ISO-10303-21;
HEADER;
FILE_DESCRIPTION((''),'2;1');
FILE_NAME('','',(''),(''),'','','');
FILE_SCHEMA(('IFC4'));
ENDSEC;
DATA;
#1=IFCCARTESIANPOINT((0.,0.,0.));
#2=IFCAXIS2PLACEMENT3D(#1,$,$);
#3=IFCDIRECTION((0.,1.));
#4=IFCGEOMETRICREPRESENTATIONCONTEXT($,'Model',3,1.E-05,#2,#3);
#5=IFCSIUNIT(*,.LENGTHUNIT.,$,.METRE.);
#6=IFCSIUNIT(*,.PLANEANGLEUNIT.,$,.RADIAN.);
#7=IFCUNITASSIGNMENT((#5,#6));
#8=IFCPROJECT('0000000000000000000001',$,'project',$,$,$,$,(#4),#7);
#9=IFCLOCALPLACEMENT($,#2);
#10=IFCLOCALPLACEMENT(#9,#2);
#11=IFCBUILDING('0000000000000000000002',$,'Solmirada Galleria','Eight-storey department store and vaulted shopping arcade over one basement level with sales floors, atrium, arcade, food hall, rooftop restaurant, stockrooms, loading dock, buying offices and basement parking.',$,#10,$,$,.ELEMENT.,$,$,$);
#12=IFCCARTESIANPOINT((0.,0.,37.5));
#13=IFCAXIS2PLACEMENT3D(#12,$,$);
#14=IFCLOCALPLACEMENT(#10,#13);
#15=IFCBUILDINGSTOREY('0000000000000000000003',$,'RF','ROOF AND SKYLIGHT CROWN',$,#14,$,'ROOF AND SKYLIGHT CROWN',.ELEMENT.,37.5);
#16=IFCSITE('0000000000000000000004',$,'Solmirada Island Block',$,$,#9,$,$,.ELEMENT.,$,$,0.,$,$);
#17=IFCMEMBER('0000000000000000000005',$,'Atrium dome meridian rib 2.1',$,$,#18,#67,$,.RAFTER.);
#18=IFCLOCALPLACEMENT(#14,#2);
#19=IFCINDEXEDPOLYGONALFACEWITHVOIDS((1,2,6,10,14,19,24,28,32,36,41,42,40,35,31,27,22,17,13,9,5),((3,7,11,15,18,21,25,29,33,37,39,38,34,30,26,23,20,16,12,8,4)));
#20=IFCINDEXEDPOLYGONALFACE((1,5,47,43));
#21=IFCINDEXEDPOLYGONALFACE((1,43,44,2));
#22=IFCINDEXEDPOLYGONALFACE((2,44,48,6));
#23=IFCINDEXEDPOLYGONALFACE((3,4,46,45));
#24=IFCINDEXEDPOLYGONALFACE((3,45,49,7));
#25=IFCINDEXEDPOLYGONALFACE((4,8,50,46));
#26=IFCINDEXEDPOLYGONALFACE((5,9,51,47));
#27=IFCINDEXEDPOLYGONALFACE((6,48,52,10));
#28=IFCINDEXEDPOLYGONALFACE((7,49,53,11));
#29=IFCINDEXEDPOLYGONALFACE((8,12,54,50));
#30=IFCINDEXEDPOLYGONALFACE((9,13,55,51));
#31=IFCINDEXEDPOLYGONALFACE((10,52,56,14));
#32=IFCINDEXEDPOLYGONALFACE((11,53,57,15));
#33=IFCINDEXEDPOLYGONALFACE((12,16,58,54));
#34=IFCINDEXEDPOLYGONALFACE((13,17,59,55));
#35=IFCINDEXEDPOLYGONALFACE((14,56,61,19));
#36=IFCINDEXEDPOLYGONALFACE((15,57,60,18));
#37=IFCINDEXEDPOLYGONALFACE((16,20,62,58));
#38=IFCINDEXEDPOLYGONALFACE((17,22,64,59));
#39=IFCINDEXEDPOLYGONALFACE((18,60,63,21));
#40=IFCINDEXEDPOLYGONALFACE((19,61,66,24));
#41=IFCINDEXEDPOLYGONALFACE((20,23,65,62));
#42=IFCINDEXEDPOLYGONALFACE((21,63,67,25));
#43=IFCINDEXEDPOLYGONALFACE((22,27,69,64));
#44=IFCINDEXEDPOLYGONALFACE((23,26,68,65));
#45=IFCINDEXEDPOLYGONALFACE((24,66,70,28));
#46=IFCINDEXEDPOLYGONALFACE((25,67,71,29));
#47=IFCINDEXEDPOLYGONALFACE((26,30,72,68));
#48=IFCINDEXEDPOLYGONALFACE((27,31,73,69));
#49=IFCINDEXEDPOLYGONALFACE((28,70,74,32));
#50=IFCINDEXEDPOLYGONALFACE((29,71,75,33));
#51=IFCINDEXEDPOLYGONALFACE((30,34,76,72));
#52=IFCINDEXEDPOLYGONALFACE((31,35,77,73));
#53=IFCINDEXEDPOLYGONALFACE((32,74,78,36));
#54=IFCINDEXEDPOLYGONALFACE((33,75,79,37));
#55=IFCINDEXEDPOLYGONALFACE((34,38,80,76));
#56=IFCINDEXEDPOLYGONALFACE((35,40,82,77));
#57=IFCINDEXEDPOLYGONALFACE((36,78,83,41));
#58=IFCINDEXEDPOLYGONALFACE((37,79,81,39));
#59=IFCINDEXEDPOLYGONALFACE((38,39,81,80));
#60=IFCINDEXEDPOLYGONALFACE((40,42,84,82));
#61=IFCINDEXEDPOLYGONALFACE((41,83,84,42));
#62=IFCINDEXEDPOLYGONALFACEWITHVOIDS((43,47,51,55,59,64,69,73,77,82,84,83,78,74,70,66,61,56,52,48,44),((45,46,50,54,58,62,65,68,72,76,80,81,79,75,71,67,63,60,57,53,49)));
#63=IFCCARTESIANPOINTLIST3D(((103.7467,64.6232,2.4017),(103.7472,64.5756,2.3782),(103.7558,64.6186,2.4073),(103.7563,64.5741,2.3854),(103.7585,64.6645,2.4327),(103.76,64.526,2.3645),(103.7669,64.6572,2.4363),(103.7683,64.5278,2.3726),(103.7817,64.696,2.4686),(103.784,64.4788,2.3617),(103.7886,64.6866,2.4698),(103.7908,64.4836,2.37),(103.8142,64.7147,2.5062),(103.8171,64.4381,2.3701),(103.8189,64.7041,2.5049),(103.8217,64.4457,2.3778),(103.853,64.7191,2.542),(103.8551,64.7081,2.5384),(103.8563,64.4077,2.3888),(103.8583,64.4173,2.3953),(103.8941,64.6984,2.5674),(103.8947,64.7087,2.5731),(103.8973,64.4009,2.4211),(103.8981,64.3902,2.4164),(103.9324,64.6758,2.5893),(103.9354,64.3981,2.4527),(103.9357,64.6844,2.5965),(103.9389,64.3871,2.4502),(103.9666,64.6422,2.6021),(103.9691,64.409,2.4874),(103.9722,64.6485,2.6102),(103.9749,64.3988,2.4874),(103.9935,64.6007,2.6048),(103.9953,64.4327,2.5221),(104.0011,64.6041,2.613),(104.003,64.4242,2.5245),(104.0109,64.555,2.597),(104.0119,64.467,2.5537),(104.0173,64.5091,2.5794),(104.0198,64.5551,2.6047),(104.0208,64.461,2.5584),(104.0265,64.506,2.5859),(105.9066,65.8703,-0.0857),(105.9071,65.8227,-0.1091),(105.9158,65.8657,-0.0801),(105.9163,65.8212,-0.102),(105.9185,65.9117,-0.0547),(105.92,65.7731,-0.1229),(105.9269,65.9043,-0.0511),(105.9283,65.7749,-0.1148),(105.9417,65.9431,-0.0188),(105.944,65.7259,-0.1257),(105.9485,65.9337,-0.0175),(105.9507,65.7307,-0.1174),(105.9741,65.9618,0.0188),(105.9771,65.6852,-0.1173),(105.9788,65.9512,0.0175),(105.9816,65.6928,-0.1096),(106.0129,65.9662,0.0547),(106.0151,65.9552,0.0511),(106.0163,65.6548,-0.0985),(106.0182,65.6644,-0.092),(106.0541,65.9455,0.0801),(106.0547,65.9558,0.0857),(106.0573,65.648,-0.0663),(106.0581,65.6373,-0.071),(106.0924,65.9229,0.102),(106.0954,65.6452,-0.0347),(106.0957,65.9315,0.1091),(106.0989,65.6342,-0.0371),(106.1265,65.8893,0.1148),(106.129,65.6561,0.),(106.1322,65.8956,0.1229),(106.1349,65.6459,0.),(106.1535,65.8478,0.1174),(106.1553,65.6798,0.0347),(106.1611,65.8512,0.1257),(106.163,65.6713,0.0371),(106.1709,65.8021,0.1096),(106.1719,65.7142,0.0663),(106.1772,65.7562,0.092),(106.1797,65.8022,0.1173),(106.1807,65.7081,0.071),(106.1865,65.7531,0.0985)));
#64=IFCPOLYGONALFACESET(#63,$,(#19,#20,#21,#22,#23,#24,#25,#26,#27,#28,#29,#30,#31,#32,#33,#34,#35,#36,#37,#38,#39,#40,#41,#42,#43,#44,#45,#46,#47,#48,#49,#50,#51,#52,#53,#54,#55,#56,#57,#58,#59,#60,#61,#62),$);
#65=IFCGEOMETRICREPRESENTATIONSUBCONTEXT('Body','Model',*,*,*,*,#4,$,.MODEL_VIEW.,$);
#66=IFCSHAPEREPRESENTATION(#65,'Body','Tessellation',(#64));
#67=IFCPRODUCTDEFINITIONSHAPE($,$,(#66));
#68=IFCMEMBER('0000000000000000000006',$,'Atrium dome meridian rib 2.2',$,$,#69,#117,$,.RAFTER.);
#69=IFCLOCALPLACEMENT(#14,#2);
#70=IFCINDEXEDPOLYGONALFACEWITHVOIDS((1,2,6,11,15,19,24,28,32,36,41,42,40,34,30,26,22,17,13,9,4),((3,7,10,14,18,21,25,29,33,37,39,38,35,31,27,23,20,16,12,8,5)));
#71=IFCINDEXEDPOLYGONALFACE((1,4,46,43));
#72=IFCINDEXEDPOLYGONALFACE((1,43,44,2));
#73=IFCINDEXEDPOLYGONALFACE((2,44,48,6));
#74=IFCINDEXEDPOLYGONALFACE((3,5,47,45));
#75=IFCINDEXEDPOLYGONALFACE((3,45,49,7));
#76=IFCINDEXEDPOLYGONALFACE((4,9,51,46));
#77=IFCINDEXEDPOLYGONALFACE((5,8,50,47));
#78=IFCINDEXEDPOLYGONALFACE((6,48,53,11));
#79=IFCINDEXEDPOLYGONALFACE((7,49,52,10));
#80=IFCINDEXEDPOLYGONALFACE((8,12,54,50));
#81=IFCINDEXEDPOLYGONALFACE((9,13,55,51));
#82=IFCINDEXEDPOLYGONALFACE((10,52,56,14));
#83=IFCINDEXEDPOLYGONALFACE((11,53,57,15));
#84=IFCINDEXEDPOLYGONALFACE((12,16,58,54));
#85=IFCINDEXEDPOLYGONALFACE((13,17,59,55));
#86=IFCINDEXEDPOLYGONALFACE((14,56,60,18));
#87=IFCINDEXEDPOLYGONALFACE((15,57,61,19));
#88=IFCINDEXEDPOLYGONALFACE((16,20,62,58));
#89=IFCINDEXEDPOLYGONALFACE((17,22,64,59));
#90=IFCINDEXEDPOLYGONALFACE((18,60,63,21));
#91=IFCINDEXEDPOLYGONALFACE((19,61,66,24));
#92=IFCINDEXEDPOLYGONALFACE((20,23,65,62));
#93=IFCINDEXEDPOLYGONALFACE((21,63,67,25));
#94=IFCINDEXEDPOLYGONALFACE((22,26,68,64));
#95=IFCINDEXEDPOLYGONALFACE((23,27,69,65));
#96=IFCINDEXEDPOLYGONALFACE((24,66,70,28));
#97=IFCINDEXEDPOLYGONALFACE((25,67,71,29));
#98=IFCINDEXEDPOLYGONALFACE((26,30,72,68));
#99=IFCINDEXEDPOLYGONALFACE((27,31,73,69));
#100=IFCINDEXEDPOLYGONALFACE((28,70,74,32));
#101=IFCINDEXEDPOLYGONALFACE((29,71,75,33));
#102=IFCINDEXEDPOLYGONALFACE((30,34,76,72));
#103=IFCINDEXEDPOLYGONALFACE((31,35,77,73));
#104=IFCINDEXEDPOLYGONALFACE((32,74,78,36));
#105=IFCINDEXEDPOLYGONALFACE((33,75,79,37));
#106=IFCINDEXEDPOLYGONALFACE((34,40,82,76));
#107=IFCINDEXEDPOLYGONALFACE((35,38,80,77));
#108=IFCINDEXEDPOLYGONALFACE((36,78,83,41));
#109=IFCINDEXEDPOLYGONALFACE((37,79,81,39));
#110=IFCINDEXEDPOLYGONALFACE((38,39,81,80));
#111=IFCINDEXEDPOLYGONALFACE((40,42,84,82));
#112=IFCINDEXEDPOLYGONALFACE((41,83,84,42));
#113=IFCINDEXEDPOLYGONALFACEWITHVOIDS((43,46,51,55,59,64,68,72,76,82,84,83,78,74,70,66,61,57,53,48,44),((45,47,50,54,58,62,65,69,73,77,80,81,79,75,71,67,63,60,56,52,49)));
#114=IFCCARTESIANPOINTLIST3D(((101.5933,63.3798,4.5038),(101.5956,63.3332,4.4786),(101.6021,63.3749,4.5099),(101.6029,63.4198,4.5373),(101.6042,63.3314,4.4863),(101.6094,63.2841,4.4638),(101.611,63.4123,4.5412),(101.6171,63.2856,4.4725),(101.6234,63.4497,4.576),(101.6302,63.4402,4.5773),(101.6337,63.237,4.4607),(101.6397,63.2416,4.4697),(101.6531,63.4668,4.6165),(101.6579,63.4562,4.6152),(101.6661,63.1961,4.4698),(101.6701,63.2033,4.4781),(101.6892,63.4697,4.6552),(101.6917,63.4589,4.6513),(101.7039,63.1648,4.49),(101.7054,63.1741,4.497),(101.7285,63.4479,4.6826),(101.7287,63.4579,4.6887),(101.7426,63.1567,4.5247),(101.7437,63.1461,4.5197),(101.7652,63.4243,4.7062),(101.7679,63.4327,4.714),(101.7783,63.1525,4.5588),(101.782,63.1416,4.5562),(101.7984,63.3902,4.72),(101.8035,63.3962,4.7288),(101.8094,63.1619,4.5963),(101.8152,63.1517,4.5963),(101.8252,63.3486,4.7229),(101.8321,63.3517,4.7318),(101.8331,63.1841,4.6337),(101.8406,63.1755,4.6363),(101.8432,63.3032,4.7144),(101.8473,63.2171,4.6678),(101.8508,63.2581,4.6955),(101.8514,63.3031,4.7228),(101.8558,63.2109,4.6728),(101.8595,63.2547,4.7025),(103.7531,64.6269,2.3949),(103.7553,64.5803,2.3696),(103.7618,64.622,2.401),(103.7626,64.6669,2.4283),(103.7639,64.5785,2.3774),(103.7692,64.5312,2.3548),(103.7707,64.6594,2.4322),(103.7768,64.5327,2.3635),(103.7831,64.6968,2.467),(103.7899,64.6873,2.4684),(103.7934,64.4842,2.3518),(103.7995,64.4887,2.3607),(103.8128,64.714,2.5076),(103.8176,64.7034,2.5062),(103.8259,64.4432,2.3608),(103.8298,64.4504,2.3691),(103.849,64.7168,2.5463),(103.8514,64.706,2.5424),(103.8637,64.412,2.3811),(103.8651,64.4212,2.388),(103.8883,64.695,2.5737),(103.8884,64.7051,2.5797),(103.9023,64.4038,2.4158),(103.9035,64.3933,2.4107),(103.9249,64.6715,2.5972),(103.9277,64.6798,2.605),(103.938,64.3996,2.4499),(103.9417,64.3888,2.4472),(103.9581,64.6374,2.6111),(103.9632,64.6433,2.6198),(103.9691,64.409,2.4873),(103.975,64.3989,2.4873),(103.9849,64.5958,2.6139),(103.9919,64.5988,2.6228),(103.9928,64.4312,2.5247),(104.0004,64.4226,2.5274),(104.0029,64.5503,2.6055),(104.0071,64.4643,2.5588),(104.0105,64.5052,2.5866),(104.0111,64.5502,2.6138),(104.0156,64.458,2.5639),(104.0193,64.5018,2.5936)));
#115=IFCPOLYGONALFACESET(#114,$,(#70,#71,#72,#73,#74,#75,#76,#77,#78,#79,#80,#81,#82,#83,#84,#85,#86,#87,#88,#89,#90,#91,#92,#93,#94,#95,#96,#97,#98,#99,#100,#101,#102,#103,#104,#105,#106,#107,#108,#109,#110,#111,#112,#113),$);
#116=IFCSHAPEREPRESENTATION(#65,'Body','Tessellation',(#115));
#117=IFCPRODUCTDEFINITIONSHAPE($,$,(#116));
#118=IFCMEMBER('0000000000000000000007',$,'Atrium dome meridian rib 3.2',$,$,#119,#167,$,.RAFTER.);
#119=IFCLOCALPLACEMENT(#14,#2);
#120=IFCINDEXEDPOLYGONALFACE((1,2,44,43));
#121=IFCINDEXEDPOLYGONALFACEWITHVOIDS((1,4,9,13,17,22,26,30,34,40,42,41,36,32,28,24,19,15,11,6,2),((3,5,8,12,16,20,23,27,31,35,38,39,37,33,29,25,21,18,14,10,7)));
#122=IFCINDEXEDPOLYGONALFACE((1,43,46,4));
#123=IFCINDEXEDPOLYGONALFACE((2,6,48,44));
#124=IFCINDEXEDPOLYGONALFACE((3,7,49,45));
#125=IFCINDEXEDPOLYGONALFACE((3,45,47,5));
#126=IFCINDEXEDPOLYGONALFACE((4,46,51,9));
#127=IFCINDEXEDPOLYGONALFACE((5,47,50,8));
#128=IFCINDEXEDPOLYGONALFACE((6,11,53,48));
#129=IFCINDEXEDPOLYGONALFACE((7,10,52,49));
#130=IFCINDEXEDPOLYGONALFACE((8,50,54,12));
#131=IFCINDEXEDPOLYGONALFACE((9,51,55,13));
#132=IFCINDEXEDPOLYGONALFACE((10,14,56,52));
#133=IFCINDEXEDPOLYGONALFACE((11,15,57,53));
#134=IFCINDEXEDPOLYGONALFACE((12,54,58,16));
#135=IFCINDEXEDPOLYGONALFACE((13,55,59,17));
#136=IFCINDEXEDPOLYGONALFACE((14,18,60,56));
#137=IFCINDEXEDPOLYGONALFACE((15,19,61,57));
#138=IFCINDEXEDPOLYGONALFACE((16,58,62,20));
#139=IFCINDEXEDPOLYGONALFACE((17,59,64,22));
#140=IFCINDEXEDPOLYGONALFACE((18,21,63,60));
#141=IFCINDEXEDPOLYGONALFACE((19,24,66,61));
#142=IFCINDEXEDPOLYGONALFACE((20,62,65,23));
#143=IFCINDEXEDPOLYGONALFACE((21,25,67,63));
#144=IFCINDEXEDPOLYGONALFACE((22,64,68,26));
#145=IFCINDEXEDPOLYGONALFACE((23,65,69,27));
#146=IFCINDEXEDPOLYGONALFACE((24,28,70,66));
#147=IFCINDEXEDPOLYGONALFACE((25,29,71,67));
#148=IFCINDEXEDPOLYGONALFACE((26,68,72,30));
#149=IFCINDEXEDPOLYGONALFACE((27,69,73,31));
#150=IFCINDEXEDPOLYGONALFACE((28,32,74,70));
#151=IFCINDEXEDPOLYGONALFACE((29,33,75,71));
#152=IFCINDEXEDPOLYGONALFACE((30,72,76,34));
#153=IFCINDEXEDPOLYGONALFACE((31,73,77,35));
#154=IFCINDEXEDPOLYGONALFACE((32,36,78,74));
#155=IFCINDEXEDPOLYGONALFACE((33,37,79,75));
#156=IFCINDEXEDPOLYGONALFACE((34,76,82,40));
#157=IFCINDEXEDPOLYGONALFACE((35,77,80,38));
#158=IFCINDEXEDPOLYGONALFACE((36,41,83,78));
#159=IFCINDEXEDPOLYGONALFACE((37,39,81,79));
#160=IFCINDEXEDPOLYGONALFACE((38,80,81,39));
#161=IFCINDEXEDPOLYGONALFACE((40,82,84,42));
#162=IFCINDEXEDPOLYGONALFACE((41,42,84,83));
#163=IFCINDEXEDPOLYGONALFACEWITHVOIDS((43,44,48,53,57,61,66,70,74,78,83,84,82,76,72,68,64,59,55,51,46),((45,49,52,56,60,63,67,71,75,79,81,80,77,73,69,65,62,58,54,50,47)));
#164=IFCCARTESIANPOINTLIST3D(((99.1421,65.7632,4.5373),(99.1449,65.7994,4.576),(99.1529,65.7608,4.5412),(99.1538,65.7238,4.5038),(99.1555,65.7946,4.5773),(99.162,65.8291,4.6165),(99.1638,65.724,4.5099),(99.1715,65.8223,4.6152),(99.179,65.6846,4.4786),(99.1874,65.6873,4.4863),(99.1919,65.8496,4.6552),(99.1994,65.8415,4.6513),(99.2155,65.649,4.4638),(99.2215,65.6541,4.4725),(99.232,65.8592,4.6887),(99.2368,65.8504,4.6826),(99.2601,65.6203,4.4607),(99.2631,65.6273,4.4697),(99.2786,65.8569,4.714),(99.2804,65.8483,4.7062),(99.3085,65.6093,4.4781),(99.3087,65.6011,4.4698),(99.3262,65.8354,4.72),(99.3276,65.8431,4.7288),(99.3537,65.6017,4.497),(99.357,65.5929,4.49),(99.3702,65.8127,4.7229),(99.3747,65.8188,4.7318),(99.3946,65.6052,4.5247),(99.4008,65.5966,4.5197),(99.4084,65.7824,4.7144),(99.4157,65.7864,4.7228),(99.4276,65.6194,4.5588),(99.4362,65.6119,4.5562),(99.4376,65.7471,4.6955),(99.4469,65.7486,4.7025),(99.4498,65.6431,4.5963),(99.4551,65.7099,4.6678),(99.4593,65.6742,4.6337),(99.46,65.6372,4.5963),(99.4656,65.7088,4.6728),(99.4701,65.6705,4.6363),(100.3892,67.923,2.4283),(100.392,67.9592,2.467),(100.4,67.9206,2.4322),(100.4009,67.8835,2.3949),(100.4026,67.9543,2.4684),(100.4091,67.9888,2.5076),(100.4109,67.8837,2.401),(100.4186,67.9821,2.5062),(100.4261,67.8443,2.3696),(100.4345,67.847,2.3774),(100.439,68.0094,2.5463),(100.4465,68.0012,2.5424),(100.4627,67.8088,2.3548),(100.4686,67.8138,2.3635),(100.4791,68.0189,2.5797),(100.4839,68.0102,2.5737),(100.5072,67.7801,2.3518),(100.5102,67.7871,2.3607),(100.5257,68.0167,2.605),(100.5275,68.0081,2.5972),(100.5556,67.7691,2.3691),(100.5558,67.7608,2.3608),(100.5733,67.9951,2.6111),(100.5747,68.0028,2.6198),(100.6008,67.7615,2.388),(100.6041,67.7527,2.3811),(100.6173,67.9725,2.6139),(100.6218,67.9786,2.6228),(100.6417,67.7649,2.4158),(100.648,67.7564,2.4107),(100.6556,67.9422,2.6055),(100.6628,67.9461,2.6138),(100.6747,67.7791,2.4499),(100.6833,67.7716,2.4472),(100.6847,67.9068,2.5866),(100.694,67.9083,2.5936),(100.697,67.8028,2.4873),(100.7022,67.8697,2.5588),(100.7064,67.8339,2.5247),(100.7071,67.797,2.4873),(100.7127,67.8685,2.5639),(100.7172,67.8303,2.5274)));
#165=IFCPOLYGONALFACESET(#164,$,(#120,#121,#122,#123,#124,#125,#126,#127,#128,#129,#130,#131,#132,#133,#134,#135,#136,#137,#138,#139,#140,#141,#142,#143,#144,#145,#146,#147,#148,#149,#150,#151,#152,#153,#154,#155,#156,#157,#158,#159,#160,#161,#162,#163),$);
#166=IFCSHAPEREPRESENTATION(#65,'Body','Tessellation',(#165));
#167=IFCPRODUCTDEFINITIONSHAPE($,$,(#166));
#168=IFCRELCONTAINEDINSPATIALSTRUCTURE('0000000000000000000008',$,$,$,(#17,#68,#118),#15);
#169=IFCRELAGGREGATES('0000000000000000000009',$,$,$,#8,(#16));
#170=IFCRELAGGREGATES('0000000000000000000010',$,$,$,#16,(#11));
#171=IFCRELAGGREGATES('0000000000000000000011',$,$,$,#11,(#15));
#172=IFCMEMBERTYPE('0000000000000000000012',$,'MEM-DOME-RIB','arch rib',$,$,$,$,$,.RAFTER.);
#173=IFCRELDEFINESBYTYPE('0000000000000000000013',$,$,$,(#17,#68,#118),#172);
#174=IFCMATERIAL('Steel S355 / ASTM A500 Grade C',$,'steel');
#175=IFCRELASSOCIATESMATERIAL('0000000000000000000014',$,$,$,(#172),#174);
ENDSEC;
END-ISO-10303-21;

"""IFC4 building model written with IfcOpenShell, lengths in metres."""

from ifc_helpers import new_model, si_unit, direction, frame, origin, origin_2d, place, context, subcontext, project, spatial, hollow_circle, extrude, material, material_profile, profile_set, type_object, element, save


model = new_model("IFC4")

# Units and contexts
model_context = context("Model", 3, precision=1e-05, world=origin(), true_north=direction((0.0, 1.0)))
body_context = subcontext(model_context, "Body", "Model", "MODEL_VIEW")
ifc_project = project(units=[si_unit("LENGTHUNIT", "METRE"), si_unit("PLANEANGLEUNIT", "RADIAN")], contexts=[model_context])

# Site, building, storey
site_placement = place(None, origin())
site = spatial("IfcSite", under=ifc_project, at=site_placement, Name="Solmirada Island Block", CompositionType="ELEMENT", RefElevation=0.0)
building_placement = place(site_placement, origin())
building = spatial("IfcBuilding", under=site, at=building_placement, Name="Solmirada Galleria", Description="Eight-storey department store and vaulted shopping arcade over one basement level with sales floors, atrium, arcade, food hall, rooftop restaurant, stockrooms, loading dock, buying offices and basement parking.", CompositionType="ELEMENT")
storey_placement = place(building_placement, frame((0.0, 0.0, 37.5)))
storey = spatial("IfcBuildingStorey", under=building, at=storey_placement, Name="RF", Description="ROOF AND SKYLIGHT CROWN", LongName="ROOF AND SKYLIGHT CROWN", CompositionType="ELEMENT", Elevation=37.5)

# Members
ifc_material_1 = material(Name="Steel S355 / ASTM A500 Grade C", Category="steel")
ifc_material_profile_1 = material_profile(ifc_material_1, hollow_circle(Radius=0.178, WallThickness=0.0117, at=origin_2d()), Name="HSS14.000X0.500")
ifc_profile_set_1 = profile_set([ifc_material_profile_1], Name="Steel S355 / ASTM A500 Grade C")
member_type_1 = type_object("IfcMemberType", Name="MEM-DOME-RIB", Description="arch rib", PredefinedType="RAFTER", material=ifc_profile_set_1)
member_1_placement = place(storey_placement, frame((106.0459, 65.8, 0.0), z_axis=(-0.613199, -0.354043, 0.706145), x_axis=(0.500013, -0.866018, 0.0)))
element("IfcMember", 1, at=member_1_placement, inside=storey, type_object=member_type_1, Name="Atrium dome meridian rib 2.1", PredefinedType="RAFTER", context=body_context, shape_type="SweptSolid", body=[
    extrude(hollow_circle(Radius=0.178, WallThickness=0.0117, at=origin_2d()), origin(), (0.0, 0.0, 1.0), 3.5225),
])
for number, where, z_axis, x_axis, name in (
    (2, (103.886, 64.553, 2.4873), (-0.661258, -0.381834, 0.645709), (0.500056, -0.865993, 0.0), "Atrium dome meridian rib 2.2"),
    (3, (100.553, 67.886, 2.4873), (-0.381834, -0.661258, 0.645709), (0.865993, -0.500056, 0.0), "Atrium dome meridian rib 3.2"),
):
    element("IfcMember", number, at=place(storey_placement, frame(where, z_axis=z_axis, x_axis=x_axis)), inside=storey, type_object=member_type_1, Name=name, PredefinedType="RAFTER", context=body_context, shape_type="SweptSolid", body=[
        extrude(hollow_circle(Radius=0.178, WallThickness=0.0117, at=origin_2d()), origin(), (0.0, 0.0, 1.0), 3.2661),
    ])

save(model, "model.ifc")
